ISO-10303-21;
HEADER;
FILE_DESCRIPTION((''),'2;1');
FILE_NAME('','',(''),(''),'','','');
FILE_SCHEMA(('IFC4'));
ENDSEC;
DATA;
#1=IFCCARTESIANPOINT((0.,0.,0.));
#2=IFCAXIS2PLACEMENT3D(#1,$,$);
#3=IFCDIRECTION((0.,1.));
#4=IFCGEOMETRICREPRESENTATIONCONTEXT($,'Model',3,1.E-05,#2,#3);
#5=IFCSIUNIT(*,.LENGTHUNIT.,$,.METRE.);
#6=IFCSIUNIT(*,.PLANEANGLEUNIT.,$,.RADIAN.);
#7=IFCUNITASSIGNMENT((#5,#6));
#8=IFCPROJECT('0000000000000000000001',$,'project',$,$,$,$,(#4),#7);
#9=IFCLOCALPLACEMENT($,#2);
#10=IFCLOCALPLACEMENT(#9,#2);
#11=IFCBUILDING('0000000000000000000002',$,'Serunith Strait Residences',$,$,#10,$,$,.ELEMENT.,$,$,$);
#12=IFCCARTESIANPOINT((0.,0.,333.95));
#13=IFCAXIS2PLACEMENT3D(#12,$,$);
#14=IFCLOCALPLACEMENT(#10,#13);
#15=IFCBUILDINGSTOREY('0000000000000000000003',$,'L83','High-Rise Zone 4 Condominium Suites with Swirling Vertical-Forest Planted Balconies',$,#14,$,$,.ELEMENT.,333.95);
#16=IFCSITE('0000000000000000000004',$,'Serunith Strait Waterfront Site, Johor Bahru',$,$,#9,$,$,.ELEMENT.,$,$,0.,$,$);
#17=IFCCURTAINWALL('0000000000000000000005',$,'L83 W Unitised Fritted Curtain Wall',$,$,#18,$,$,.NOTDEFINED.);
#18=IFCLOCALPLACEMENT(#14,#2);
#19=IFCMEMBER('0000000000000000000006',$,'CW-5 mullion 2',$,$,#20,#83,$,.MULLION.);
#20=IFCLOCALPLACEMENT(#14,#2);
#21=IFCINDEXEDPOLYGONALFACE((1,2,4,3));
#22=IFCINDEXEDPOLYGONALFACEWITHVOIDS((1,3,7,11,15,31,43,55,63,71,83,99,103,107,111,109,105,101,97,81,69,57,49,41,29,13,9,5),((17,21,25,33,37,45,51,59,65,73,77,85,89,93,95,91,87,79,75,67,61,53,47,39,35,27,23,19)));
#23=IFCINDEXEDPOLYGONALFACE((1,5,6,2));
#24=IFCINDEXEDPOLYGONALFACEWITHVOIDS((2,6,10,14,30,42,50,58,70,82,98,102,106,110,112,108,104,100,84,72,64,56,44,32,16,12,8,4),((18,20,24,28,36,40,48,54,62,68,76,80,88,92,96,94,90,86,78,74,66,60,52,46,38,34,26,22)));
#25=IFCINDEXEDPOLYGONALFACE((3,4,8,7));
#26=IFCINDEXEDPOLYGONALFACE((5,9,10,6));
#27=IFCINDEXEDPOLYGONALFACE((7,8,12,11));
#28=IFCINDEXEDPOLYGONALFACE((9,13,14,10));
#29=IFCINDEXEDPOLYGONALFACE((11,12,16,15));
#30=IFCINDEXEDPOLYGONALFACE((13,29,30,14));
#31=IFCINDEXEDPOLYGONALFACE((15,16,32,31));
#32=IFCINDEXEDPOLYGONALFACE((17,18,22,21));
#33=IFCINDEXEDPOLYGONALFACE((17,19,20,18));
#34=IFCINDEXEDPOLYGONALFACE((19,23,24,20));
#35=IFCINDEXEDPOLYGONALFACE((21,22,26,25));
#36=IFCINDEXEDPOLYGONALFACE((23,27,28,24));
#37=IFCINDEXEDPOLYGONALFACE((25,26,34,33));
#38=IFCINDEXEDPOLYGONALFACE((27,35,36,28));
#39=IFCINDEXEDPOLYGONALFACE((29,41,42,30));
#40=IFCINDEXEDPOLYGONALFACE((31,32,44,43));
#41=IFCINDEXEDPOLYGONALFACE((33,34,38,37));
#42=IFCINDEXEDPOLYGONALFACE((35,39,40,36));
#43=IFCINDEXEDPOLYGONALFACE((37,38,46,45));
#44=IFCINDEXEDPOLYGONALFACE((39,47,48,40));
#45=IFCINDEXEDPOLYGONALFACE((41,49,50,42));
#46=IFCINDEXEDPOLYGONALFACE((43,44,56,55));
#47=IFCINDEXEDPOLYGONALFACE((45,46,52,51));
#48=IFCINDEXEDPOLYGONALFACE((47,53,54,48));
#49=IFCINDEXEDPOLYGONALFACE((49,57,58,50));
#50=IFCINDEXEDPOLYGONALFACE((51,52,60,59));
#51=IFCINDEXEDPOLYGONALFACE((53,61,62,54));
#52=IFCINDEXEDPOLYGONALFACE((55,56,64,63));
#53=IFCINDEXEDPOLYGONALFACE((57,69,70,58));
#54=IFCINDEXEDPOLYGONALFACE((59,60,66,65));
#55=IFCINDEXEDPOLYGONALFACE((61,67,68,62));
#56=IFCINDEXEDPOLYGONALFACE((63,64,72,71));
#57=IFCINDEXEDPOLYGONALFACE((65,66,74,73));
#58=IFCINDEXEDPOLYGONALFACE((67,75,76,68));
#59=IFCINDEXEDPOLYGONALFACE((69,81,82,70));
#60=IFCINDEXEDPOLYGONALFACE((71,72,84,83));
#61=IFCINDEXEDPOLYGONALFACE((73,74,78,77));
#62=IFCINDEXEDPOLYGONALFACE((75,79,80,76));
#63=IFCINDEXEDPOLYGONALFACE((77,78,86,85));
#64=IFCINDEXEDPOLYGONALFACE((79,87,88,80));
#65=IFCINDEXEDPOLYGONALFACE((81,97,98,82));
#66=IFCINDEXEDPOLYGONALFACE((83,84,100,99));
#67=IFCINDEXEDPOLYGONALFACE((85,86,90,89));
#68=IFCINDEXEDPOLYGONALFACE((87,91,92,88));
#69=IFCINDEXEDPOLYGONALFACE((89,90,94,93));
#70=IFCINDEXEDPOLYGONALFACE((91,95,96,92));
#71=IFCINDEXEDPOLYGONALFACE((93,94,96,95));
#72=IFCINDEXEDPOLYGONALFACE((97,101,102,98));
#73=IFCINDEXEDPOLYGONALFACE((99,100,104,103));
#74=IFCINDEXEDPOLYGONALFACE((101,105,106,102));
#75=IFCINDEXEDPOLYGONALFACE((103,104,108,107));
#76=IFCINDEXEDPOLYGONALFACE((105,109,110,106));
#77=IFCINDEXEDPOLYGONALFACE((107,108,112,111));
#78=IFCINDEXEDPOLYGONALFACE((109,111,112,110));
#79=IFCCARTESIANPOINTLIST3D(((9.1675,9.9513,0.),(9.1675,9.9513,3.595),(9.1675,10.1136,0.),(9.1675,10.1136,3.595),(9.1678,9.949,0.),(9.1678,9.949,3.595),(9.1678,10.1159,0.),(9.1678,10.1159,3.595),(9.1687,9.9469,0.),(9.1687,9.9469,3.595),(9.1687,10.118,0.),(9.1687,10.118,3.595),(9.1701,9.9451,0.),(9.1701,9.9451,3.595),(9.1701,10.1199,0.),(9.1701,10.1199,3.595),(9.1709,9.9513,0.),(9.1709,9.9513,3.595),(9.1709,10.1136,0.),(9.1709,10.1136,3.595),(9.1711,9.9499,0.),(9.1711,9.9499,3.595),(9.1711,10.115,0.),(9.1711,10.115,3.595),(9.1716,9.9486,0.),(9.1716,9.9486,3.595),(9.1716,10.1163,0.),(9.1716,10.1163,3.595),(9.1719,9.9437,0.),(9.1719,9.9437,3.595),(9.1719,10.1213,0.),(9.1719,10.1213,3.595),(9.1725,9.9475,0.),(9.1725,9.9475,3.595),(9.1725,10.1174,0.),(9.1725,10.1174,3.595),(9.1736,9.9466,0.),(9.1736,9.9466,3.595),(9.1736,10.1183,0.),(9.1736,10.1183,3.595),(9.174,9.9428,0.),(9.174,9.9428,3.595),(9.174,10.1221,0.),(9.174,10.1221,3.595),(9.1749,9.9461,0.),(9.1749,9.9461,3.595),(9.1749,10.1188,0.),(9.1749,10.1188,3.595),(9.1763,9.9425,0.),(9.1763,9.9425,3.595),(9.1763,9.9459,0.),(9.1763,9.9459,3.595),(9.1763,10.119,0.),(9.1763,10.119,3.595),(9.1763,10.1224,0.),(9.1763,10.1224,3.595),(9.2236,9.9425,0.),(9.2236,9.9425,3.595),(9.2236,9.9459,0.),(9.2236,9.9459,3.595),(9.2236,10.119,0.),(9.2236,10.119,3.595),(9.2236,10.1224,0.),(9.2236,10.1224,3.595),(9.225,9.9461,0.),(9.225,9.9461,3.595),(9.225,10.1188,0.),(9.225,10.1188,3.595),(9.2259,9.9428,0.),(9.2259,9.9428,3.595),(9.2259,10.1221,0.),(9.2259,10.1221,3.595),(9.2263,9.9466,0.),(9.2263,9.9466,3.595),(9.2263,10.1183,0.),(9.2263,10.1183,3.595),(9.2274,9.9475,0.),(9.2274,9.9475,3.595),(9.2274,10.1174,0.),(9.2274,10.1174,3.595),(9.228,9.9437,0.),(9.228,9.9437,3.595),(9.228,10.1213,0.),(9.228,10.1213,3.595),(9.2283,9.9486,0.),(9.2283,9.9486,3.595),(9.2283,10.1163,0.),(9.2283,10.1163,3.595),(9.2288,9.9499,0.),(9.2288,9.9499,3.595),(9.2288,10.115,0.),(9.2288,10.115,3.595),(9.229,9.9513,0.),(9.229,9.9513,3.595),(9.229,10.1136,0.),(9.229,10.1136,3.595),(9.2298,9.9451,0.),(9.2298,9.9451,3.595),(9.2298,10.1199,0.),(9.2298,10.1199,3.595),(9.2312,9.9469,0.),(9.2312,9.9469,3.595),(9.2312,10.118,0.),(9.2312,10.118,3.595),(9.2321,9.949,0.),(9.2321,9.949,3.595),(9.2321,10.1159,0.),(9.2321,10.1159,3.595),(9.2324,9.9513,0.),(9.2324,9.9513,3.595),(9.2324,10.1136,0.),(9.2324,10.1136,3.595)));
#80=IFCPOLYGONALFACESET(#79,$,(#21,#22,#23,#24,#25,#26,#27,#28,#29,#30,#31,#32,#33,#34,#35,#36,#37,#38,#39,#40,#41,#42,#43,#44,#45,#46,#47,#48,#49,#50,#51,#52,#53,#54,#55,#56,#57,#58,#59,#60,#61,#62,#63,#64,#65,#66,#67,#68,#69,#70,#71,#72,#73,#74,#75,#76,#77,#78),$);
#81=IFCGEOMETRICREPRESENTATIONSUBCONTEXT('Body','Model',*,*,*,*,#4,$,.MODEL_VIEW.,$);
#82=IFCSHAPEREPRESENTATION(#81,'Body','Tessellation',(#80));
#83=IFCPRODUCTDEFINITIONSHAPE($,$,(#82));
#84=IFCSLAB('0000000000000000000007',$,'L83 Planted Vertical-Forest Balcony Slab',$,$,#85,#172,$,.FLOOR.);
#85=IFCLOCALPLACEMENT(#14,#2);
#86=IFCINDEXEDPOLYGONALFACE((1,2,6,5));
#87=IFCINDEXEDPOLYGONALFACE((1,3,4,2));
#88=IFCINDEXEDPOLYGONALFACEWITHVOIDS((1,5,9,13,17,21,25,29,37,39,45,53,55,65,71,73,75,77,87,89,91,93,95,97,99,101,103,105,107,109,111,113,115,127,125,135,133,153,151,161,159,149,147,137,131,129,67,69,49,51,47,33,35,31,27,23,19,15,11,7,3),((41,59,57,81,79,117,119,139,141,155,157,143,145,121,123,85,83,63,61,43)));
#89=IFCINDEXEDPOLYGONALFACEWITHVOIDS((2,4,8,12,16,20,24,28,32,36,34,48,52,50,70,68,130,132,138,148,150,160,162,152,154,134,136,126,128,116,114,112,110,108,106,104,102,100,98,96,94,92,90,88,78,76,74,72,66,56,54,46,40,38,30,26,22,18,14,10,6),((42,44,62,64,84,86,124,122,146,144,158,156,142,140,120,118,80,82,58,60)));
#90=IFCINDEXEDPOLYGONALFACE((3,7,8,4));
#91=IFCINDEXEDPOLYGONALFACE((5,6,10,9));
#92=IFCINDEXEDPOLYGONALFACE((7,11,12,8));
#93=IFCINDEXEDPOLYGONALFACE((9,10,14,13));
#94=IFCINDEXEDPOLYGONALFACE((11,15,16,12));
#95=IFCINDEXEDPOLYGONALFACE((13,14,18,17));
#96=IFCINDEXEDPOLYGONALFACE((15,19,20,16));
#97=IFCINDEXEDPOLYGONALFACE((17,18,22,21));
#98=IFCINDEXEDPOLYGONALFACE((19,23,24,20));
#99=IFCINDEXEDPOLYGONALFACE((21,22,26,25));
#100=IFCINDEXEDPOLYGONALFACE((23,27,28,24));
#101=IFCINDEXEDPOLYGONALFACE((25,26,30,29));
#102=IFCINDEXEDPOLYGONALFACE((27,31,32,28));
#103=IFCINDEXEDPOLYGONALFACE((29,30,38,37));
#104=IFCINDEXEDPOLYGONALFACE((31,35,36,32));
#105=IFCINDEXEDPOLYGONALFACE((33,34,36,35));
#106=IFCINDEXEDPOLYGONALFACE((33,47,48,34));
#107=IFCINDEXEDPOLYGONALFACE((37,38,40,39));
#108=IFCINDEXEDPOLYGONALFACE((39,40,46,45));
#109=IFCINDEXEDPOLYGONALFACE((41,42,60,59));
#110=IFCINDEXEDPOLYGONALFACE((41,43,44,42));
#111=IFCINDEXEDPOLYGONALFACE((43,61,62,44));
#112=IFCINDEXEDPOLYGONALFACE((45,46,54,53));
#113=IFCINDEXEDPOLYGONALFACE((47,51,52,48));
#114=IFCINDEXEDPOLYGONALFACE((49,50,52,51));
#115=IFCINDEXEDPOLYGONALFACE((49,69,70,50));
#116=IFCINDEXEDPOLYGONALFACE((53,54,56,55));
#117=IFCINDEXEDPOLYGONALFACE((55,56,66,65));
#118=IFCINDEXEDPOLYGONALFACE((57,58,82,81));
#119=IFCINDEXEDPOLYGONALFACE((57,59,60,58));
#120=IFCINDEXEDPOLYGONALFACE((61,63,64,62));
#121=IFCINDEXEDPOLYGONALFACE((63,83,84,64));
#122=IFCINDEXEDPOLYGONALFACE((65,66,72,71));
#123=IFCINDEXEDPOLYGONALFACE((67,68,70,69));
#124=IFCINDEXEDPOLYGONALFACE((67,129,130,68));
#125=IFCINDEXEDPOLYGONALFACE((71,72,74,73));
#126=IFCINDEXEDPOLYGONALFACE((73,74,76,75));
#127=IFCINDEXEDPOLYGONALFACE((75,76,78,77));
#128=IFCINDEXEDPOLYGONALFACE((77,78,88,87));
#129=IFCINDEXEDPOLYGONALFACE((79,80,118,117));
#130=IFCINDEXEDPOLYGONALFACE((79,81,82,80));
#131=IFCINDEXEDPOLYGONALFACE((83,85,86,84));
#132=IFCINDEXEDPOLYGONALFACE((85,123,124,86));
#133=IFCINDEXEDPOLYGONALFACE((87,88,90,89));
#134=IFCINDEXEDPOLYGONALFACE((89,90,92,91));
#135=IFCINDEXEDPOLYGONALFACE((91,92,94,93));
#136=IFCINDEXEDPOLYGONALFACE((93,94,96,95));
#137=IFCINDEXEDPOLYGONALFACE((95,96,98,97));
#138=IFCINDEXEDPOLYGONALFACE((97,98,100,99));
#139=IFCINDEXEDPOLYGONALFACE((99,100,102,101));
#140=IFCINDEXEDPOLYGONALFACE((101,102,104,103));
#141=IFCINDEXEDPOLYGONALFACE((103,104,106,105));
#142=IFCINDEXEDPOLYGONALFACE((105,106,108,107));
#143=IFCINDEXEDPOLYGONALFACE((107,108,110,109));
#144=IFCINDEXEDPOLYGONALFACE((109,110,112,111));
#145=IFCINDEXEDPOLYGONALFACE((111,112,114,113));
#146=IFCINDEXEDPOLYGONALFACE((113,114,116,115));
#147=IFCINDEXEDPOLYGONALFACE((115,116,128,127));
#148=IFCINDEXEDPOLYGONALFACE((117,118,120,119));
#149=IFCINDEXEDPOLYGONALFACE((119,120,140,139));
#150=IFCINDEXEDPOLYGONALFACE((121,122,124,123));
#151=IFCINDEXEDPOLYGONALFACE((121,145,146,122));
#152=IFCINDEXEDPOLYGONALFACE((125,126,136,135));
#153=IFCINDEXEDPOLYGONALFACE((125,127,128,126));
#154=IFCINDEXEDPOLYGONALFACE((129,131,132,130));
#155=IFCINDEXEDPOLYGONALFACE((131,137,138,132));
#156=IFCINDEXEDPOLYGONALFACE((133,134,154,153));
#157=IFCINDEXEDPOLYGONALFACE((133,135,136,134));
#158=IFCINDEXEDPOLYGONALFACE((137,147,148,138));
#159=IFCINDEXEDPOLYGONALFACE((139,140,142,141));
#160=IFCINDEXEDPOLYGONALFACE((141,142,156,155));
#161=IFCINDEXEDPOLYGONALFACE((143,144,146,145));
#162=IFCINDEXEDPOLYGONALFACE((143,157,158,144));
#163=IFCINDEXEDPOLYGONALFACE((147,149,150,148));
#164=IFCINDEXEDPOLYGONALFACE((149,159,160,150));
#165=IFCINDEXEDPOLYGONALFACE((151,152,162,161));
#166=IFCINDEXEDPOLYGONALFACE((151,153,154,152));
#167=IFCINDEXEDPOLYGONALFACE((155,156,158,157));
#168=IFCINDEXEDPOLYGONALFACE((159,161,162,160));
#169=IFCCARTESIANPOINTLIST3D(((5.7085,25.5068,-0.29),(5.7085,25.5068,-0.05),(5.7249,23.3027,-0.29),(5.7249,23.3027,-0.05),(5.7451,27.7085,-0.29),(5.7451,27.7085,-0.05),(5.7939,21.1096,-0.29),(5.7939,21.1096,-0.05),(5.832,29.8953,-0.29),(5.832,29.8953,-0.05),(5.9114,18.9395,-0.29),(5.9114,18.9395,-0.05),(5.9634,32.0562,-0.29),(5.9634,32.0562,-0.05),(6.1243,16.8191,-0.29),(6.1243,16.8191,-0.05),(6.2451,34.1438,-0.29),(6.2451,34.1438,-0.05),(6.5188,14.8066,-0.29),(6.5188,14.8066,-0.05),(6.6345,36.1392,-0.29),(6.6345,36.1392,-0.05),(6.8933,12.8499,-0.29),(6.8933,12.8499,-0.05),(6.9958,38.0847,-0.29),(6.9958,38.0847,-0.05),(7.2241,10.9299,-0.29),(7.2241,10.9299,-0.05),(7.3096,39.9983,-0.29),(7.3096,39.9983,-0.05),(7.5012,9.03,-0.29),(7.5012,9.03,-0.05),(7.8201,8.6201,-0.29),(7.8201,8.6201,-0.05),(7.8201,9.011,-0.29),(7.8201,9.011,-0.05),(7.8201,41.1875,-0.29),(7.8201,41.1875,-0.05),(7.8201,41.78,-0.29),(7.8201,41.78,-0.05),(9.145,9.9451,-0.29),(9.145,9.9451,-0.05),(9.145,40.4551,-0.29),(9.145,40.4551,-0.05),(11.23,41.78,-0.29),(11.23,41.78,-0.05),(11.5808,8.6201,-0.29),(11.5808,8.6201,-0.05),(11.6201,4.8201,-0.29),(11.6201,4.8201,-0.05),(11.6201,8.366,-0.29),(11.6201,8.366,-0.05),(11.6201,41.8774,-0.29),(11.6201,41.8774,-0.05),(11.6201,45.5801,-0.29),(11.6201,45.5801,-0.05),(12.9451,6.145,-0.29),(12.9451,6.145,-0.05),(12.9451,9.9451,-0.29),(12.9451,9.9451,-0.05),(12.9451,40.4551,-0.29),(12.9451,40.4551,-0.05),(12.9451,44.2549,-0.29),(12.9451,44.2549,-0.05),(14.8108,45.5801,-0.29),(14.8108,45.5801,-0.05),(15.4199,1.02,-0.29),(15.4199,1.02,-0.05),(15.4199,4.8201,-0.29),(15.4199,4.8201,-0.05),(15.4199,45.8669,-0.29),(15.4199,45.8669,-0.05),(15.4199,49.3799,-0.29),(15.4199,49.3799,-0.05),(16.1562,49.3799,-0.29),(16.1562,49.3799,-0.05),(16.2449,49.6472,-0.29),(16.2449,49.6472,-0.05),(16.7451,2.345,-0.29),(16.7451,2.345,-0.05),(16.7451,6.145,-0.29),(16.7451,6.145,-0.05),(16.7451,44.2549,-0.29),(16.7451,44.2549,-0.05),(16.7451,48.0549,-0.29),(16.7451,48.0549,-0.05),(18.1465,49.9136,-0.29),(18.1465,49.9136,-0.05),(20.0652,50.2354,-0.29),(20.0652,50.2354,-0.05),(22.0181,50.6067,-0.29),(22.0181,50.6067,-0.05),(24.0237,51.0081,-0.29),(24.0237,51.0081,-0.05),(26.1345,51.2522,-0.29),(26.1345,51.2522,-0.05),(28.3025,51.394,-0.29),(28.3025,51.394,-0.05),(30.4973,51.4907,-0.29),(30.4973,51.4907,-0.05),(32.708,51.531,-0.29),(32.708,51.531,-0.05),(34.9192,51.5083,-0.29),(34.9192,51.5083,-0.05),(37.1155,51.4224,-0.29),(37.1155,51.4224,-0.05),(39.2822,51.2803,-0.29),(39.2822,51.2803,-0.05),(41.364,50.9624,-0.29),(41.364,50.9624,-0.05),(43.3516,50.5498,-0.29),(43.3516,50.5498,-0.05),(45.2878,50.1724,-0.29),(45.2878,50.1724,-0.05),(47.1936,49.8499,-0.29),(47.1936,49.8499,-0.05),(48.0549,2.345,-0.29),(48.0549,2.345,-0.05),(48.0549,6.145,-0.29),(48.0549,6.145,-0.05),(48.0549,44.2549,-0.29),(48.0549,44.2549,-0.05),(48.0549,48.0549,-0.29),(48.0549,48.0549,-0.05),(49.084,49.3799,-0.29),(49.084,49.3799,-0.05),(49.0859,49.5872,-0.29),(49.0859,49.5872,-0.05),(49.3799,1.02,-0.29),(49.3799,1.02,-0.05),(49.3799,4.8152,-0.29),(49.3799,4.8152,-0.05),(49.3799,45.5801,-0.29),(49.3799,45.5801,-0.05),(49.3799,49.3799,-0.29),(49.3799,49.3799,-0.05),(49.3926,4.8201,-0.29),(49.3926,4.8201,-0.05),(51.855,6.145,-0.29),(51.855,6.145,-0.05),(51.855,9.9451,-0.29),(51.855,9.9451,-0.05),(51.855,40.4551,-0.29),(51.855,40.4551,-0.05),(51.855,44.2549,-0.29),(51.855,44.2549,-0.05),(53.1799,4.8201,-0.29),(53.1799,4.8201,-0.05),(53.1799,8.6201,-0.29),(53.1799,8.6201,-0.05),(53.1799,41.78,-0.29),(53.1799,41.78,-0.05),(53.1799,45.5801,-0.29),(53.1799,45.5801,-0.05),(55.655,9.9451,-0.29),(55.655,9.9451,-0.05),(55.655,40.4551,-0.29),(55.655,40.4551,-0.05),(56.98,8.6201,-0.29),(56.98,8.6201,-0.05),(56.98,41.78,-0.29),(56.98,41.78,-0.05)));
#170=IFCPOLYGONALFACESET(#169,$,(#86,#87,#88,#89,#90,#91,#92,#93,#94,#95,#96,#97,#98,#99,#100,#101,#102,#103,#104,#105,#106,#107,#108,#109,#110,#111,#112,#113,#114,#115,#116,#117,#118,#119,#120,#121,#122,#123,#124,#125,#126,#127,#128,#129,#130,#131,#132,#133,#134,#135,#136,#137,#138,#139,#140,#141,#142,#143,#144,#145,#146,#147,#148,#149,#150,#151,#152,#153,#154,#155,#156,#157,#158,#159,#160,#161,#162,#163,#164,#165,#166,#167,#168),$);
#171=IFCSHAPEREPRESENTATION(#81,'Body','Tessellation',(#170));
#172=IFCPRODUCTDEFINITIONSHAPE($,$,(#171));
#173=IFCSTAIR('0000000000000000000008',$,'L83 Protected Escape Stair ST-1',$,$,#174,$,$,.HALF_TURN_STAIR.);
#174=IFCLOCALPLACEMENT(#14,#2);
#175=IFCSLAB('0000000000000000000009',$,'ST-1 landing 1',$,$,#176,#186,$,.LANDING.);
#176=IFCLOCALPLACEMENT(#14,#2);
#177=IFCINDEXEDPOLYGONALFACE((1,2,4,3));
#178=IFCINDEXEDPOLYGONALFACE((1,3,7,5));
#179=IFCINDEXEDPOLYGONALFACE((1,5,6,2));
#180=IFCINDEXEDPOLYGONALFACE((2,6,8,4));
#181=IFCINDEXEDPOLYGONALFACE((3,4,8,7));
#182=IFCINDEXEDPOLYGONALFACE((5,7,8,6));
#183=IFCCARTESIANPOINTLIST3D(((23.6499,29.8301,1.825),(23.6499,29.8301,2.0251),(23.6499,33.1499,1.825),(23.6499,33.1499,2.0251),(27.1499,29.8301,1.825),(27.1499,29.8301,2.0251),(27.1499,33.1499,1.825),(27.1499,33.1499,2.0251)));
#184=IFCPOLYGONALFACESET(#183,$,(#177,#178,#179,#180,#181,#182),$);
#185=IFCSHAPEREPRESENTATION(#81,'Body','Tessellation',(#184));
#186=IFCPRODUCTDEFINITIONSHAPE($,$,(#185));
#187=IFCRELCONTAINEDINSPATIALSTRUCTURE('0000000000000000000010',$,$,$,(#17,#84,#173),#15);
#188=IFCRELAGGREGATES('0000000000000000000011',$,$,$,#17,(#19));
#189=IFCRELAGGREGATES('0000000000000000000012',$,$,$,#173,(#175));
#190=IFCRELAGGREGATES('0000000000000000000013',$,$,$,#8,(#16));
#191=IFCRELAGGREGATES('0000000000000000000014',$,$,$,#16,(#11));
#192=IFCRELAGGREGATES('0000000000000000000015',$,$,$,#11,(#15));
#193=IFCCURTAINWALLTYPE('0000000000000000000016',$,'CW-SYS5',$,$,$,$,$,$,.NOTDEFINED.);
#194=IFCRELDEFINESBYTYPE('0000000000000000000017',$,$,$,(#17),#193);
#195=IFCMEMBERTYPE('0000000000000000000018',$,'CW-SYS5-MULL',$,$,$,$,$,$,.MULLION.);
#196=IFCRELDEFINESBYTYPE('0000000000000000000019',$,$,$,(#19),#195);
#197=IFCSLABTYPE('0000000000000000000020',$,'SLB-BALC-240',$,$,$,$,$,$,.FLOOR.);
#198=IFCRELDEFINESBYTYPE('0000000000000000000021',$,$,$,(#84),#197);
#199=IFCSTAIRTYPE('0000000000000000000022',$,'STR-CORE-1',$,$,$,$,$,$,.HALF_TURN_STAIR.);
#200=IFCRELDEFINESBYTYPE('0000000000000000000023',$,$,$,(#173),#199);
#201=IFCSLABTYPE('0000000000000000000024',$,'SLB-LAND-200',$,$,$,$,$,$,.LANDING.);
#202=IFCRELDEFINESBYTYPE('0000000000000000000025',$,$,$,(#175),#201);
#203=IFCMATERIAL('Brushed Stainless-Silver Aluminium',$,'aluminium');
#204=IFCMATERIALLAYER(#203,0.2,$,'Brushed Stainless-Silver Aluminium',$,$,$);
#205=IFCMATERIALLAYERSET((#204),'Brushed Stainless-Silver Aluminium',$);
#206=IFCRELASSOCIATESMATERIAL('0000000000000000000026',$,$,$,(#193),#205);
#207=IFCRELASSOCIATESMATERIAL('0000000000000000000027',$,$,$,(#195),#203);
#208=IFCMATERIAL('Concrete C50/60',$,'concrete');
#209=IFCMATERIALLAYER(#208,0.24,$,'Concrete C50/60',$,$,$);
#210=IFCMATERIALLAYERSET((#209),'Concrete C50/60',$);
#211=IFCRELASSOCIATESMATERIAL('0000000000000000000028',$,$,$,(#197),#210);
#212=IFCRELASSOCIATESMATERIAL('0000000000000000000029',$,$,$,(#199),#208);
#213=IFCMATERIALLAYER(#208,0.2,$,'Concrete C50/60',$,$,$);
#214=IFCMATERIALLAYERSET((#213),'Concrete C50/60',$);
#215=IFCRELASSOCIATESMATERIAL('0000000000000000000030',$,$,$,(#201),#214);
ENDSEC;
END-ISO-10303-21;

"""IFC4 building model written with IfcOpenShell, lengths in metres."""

from ifc_helpers import new_model, si_unit, direction, frame, origin, origin_2d, place, context, subcontext, project, spatial, polyline, hollow_rectangle, outline, extrude, source, transform, mapped, material, layer, layer_set, material_profile, profile_set, type_object, element, aggregate, save


model = new_model("IFC4")

# Units and contexts
model_context = context("Model", 3, precision=1e-05, world=origin(), true_north=direction((0.0, 1.0)))
body_context = subcontext(model_context, "Body", "Model", "MODEL_VIEW")
ifc_project = project(units=[si_unit("LENGTHUNIT", "METRE"), si_unit("PLANEANGLEUNIT", "RADIAN")], contexts=[model_context])

# Site, building, storey
site_placement = place(None, origin())
site = spatial("IfcSite", under=ifc_project, at=site_placement, Name="Serunith Strait Waterfront Site, Johor Bahru", CompositionType="ELEMENT", RefElevation=0.0)
building_placement = place(site_placement, origin())
building = spatial("IfcBuilding", under=site, at=building_placement, Name="Serunith Strait Residences", CompositionType="ELEMENT")
storey_placement = place(building_placement, frame((0.0, 0.0, 333.95)))
storey = spatial("IfcBuildingStorey", under=building, at=storey_placement, Name="L83", Description="High-Rise Zone 4 Condominium Suites with Swirling Vertical-Forest Planted Balconies", CompositionType="ELEMENT", Elevation=333.95)

# Shared definitions
ifc_material_1 = material(Name="Brushed Stainless-Silver Aluminium", Category="aluminium")
ifc_layer_1 = layer(ifc_material_1, 0.2, Name="Brushed Stainless-Silver Aluminium")
ifc_layer_set_1 = layer_set([ifc_layer_1], Name="Brushed Stainless-Silver Aluminium")
curtain_wall_type = type_object("IfcCurtainWallType", Name="CW-SYS5", PredefinedType="NOTDEFINED", material=ifc_layer_set_1)
ifc_material_profile_1 = material_profile(ifc_material_1, hollow_rectangle(XDim=0.0649, YDim=0.1799, WallThickness=0.0034, InnerFilletRadius=0.0054, OuterFilletRadius=0.0088, at=origin_2d()), Name="ALU 180x65x3.5")
ifc_profile_set_1 = profile_set([ifc_material_profile_1], Name="Brushed Stainless-Silver Aluminium")
member_type_1 = type_object("IfcMemberType", Name="CW-SYS5-MULL", PredefinedType="MULLION", material=ifc_profile_set_1)
shared_shape_1 = source(origin(), body_context, "Body", "SweptSolid", [
    extrude(hollow_rectangle(XDim=0.0649, YDim=0.1799, WallThickness=0.0034, InnerFilletRadius=0.0054, OuterFilletRadius=0.0088, at=origin_2d()), origin(), (0.0, 0.0, 1.0), 3.595),
])

# Curtain wall, member
curtain_wall_1_placement = place(storey_placement, origin())
curtain_wall_1 = element("IfcCurtainWall", 1, at=curtain_wall_1_placement, inside=storey, type_object=curtain_wall_type, Name="L83 W Unitised Fritted Curtain Wall", PredefinedType="NOTDEFINED")
member_1_placement = place(storey_placement, frame((9.2, 10.0325, 0.0), z_axis=(0.0, 0.0, 1.0), x_axis=(1.0, 0.0, 0.0)))
member_1 = element("IfcMember", 2, at=member_1_placement, type_object=member_type_1, Name="CW-5 mullion 2", PredefinedType="MULLION", context=body_context, shape_type="MappedRepresentation", body=[
    mapped(shared_shape_1, transform((0.0, 0.0, 0.0), scale=1.0)),
])
aggregate(curtain_wall_1, [member_1])

# Slab
ifc_material_2 = material(Name="Concrete C50/60", Category="concrete")
ifc_layer_2 = layer(ifc_material_2, 0.24, Name="Concrete C50/60")
ifc_layer_set_2 = layer_set([ifc_layer_2], Name="Concrete C50/60")
slab_type_1 = type_object("IfcSlabType", Name="SLB-BALC-240", PredefinedType="FLOOR", material=ifc_layer_set_2)
slab_1_placement = place(storey_placement, frame((0.0, 0.0, -0.29)))
element("IfcSlab", 3, at=slab_1_placement, inside=storey, type_object=slab_type_1, Name="L83 Planted Vertical-Forest Balcony Slab", PredefinedType="FLOOR", context=body_context, shape_type="SweptSolid", body=[
    extrude(outline(polyline([(7.8201, 8.6201), (7.8201, 9.011), (7.5012, 9.03), (7.2241, 10.9299), (6.8933, 12.8499), (6.5188, 14.8066), (6.1243, 16.8191), (5.9114, 18.9395), (5.7939, 21.1096), (5.7249, 23.3027), (5.7085, 25.5068), (5.7451, 27.7085), (5.832, 29.8953), (5.9634, 32.0562), (6.2451, 34.1438), (6.6345, 36.1392), (6.9958, 38.0847), (7.3096, 39.9983), (7.8201, 41.1875), (7.8201, 41.78), (11.23, 41.78), (11.6201, 41.8774), (11.6201, 45.5801), (14.8108, 45.5801), (15.4199, 45.8669), (15.4199, 49.3799), (16.1562, 49.3799), (16.2449, 49.6472), (18.1465, 49.9136), (20.0652, 50.2354), (22.0181, 50.6067), (24.0237, 51.0081), (26.1345, 51.2522), (28.3025, 51.394), (30.4973, 51.4907), (32.708, 51.531), (34.9192, 51.5083), (37.1155, 51.4224), (39.2822, 51.2803), (41.364, 50.9624), (43.3516, 50.5498), (45.2878, 50.1724), (47.1936, 49.8499), (49.0859, 49.5872), (49.084, 49.3799), (49.3799, 49.3799), (49.3799, 45.5801), (53.1799, 45.5801), (53.1799, 41.78), (56.98, 41.78), (56.98, 8.6201), (53.1799, 8.6201), (53.1799, 4.8201), (49.3926, 4.8201), (49.3799, 4.8152), (49.3799, 1.02), (15.4199, 1.02), (15.4199, 4.8201), (11.6201, 4.8201), (11.6201, 8.366), (11.5808, 8.6201), (7.8201, 8.6201)]), holes=[polyline([(48.0549, 2.345), (48.0549, 6.145), (51.855, 6.145), (51.855, 9.9451), (55.655, 9.9451), (55.655, 40.4551), (51.855, 40.4551), (51.855, 44.2549), (48.0549, 44.2549), (48.0549, 48.0549), (16.7451, 48.0549), (16.7451, 44.2549), (12.9451, 44.2549), (12.9451, 40.4551), (9.145, 40.4551), (9.145, 9.9451), (12.9451, 9.9451), (12.9451, 6.145), (16.7451, 6.145), (16.7451, 2.345), (48.0549, 2.345)])]), origin(), (0.0, 0.0, 1.0), 0.24),
])

# Stair, slab
stair_type_1 = type_object("IfcStairType", Name="STR-CORE-1", PredefinedType="HALF_TURN_STAIR", material=ifc_material_2)
stair_1_placement = place(storey_placement, origin())
stair_1 = element("IfcStair", 4, at=stair_1_placement, inside=storey, type_object=stair_type_1, Name="L83 Protected Escape Stair ST-1", PredefinedType="HALF_TURN_STAIR")
ifc_layer_3 = layer(ifc_material_2, 0.2, Name="Concrete C50/60")
ifc_layer_set_3 = layer_set([ifc_layer_3], Name="Concrete C50/60")
slab_type_2 = type_object("IfcSlabType", Name="SLB-LAND-200", PredefinedType="LANDING", material=ifc_layer_set_3)
slab_2_placement = place(storey_placement, frame((0.0, 0.0, 1.825)))
slab_2 = element("IfcSlab", 5, at=slab_2_placement, type_object=slab_type_2, Name="ST-1 landing 1", PredefinedType="LANDING", context=body_context, shape_type="SweptSolid", body=[
    extrude(outline(polyline([(27.1499, 29.8301), (27.1499, 33.1499), (23.6499, 33.1499), (23.6499, 29.8301), (27.1499, 29.8301)])), origin(), (0.0, 0.0, 1.0), 0.2002),
])
aggregate(stair_1, [slab_2])

save(model, "model.ifc")
